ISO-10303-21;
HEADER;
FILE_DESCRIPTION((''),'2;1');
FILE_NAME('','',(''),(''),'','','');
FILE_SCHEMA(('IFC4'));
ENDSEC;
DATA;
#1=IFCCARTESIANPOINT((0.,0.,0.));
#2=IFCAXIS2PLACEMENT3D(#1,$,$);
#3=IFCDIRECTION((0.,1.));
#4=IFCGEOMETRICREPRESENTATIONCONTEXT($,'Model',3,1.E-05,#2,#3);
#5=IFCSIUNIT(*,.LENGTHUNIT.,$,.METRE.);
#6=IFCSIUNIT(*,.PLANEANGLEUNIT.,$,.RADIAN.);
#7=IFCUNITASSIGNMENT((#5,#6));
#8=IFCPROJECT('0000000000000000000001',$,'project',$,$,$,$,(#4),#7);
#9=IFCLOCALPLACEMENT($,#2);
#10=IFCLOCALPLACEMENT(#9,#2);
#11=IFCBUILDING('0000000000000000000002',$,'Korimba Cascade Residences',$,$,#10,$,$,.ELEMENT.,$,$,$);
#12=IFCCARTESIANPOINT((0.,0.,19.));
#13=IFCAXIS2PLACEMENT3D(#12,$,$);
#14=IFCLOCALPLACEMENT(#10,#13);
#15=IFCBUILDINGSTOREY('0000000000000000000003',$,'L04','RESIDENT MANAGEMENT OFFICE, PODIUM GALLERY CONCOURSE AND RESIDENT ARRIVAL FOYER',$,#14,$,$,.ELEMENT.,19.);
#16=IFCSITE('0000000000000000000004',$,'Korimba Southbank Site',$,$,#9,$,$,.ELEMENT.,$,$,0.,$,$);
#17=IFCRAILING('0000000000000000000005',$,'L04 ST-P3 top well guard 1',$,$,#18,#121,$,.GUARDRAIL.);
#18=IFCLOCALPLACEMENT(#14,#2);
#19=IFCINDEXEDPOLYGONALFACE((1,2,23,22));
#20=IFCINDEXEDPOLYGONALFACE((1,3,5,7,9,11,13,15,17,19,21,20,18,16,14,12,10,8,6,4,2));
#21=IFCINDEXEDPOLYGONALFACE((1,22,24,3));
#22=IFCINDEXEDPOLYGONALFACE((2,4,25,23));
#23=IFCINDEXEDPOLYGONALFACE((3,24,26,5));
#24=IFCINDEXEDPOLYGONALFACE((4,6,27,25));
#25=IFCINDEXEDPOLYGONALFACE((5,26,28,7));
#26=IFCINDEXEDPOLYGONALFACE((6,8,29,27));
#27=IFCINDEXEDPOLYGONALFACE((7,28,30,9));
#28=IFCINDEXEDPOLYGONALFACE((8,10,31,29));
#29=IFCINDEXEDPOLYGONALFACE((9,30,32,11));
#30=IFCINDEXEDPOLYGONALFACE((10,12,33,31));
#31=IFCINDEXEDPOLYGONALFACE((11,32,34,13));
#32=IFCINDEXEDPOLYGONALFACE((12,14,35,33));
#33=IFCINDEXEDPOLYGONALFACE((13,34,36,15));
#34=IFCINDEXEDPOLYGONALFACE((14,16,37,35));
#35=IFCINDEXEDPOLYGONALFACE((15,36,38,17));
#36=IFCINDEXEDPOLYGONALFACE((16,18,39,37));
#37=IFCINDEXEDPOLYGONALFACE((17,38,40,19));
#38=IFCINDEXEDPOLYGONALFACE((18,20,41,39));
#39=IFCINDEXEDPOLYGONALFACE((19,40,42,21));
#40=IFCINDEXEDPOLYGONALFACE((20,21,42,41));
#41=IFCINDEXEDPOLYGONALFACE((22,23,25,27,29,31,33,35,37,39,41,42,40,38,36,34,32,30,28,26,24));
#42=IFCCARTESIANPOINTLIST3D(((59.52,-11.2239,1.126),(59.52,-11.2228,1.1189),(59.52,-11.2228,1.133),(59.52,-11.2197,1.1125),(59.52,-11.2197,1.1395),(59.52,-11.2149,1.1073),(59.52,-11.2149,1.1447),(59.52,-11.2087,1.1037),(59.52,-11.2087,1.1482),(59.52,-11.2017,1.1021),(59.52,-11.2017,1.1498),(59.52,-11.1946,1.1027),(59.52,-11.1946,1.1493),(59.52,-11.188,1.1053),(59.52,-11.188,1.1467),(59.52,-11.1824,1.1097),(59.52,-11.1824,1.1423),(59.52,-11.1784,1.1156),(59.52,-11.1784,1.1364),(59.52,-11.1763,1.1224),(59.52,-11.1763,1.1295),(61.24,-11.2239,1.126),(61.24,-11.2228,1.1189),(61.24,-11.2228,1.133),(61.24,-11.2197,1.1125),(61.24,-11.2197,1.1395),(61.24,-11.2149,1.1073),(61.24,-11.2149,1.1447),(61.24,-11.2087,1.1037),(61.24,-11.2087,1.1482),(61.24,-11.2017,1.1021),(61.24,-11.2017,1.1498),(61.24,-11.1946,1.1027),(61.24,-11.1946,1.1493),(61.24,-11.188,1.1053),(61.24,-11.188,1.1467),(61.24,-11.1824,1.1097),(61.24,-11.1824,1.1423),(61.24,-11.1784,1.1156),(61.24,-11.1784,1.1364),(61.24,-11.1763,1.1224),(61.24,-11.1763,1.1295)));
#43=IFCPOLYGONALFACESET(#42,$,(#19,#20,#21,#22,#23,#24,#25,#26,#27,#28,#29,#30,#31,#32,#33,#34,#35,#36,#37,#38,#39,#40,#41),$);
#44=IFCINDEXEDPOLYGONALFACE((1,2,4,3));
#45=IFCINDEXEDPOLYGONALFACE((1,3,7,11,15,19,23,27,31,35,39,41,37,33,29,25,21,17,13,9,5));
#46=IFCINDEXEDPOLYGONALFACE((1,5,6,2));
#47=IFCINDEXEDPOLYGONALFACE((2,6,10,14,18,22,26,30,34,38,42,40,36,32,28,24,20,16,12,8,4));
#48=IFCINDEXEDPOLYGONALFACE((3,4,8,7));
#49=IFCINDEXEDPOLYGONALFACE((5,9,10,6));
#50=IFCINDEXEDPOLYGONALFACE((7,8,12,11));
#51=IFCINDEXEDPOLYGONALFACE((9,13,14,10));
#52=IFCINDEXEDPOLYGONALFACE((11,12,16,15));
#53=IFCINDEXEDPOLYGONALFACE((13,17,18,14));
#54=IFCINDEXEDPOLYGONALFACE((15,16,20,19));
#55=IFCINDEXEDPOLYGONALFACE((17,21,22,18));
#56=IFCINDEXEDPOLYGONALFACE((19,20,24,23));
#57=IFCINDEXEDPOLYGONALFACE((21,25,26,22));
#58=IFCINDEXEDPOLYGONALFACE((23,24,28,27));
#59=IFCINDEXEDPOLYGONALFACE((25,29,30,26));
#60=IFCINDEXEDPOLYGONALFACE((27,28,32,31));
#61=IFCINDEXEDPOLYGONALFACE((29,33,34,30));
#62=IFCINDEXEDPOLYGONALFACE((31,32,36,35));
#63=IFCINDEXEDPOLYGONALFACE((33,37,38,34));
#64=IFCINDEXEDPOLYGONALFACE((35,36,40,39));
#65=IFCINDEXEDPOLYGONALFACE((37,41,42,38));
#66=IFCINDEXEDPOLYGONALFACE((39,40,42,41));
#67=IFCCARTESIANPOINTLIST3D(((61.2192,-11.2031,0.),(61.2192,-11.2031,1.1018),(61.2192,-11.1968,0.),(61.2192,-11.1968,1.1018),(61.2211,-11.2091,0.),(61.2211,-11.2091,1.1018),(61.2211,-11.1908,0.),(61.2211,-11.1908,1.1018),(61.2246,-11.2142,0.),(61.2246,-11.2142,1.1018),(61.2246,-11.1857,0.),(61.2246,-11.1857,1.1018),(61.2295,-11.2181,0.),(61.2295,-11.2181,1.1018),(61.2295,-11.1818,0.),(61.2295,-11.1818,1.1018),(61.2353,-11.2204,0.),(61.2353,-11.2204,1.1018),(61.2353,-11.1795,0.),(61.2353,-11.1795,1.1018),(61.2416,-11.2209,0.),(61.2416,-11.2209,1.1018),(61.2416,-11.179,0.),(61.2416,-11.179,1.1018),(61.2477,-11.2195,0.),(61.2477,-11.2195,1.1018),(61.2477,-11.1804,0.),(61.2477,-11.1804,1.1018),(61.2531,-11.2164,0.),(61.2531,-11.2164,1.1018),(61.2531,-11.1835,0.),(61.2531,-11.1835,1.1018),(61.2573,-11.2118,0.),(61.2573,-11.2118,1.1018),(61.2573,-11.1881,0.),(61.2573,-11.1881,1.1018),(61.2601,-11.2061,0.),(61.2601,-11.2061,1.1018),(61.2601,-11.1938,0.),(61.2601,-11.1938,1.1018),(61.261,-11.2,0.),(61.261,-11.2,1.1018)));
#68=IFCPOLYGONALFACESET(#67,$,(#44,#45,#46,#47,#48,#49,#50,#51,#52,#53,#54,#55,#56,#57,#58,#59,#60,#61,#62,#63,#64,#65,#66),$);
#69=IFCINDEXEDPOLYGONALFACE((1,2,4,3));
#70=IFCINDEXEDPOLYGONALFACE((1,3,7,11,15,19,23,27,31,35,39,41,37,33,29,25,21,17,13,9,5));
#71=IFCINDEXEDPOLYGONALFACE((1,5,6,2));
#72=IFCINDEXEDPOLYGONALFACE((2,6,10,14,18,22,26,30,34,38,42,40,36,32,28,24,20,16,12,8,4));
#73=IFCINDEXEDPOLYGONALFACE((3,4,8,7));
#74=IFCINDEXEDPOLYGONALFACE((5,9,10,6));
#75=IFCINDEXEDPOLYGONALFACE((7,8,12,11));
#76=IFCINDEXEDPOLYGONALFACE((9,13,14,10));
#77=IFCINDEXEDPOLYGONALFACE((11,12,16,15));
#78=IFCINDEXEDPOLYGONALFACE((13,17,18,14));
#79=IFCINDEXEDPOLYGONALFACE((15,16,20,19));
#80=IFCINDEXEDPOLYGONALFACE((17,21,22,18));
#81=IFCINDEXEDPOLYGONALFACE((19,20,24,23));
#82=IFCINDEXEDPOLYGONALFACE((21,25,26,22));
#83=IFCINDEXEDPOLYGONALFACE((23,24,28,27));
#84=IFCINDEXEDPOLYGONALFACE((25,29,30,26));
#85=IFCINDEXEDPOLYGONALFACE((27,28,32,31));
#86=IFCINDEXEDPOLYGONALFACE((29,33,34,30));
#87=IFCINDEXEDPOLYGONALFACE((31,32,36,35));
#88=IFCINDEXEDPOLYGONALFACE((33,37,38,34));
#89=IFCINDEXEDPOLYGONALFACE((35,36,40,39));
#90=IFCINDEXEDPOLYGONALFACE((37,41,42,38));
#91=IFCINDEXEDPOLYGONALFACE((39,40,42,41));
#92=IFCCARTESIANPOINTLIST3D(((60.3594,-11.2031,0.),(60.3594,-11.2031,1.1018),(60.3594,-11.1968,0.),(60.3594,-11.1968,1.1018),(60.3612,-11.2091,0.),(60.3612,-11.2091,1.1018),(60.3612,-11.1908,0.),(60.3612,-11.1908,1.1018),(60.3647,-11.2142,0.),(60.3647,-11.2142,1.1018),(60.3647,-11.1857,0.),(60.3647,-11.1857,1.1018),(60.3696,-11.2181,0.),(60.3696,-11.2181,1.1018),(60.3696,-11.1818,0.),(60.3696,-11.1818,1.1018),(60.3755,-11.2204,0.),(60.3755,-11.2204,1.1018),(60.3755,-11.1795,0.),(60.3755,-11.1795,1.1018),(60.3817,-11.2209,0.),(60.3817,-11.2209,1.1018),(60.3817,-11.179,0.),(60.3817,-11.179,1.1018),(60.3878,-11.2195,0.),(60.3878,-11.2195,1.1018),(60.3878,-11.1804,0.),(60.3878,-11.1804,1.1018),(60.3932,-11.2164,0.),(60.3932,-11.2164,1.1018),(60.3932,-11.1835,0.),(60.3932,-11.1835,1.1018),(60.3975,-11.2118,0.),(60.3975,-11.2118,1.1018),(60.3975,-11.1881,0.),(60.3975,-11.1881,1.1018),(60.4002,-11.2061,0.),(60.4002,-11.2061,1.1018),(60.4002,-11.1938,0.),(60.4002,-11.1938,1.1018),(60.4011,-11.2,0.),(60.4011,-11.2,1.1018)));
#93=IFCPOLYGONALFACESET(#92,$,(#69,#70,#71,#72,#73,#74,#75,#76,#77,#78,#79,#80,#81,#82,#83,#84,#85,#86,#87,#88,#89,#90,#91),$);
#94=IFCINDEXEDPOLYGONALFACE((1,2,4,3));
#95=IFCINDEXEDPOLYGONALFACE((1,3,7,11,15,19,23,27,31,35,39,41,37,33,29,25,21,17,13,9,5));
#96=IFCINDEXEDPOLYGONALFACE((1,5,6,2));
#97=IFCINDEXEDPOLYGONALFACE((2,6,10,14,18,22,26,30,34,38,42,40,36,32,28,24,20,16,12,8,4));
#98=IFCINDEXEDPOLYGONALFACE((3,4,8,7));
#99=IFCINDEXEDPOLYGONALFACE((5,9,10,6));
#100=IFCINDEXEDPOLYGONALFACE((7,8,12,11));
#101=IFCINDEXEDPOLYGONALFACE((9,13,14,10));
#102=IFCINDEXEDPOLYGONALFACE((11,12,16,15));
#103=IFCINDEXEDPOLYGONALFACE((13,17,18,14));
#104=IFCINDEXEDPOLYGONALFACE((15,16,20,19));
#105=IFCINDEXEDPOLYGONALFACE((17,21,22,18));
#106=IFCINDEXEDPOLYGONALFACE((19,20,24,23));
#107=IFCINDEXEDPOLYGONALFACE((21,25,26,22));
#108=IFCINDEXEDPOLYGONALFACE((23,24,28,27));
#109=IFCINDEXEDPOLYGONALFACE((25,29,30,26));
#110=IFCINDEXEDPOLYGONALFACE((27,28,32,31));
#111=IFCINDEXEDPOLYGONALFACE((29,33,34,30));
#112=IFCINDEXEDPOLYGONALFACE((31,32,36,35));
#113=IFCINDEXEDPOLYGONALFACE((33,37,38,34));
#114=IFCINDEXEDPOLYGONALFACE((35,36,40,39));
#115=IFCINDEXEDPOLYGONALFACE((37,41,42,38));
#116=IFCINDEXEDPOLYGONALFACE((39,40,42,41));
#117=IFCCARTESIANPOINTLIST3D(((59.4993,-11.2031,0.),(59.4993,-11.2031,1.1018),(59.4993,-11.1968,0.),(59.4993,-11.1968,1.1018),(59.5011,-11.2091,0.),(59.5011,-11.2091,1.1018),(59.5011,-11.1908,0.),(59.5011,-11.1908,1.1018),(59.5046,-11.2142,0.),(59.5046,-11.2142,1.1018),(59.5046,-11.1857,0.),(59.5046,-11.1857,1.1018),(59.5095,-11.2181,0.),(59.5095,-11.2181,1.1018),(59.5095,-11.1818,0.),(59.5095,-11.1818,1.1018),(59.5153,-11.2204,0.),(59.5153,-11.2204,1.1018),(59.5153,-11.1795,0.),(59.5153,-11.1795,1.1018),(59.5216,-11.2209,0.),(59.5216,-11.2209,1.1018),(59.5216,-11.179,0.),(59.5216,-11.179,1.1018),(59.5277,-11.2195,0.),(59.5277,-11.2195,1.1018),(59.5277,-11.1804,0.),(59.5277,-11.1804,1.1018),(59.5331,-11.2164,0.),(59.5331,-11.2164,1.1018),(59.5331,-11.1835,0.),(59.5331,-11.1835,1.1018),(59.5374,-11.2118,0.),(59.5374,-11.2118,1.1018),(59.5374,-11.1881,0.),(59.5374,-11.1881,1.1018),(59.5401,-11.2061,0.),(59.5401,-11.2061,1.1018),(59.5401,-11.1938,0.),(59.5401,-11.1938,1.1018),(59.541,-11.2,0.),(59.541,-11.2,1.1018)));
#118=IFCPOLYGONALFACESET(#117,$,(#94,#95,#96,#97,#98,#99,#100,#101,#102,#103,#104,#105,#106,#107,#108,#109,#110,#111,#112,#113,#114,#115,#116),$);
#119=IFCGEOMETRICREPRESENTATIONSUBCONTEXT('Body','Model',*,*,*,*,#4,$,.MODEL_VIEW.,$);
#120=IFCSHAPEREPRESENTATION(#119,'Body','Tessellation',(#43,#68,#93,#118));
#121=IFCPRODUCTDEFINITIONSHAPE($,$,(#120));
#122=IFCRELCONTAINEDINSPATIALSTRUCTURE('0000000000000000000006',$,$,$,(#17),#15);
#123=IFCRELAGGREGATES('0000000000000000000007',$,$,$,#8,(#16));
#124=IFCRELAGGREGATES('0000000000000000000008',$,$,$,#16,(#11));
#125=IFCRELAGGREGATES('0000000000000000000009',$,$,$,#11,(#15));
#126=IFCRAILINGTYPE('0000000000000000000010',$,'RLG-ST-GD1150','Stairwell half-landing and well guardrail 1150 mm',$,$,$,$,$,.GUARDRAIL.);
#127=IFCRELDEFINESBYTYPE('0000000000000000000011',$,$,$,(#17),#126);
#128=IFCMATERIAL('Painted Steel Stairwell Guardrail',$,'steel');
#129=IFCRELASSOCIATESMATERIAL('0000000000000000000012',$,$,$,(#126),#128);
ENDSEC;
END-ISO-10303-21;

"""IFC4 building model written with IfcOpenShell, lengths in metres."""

from ifc_helpers import new_model, si_unit, direction, frame, origin, origin_2d, place, context, subcontext, project, spatial, circle, extrude, material, type_object, element, save


model = new_model("IFC4")

# Units and contexts
model_context = context("Model", 3, precision=1e-05, world=origin(), true_north=direction((0.0, 1.0)))
body_context = subcontext(model_context, "Body", "Model", "MODEL_VIEW")
ifc_project = project(units=[si_unit("LENGTHUNIT", "METRE"), si_unit("PLANEANGLEUNIT", "RADIAN")], contexts=[model_context])

# Site, building, storey
site_placement = place(None, origin())
site = spatial("IfcSite", under=ifc_project, at=site_placement, Name="Korimba Southbank Site", CompositionType="ELEMENT", RefElevation=0.0)
building_placement = place(site_placement, origin())
building = spatial("IfcBuilding", under=site, at=building_placement, Name="Korimba Cascade Residences", CompositionType="ELEMENT")
storey_placement = place(building_placement, frame((0.0, 0.0, 19.0)))
storey = spatial("IfcBuildingStorey", under=building, at=storey_placement, Name="L04", Description="RESIDENT MANAGEMENT OFFICE, PODIUM GALLERY CONCOURSE AND RESIDENT ARRIVAL FOYER", CompositionType="ELEMENT", Elevation=19.0)

# Railing
ifc_material_1 = material(Name="Painted Steel Stairwell Guardrail", Category="steel")
railing_type_1 = type_object("IfcRailingType", Name="RLG-ST-GD1150", Description="Stairwell half-landing and well guardrail 1150 mm", PredefinedType="GUARDRAIL", material=ifc_material_1)
railing_1_placement = place(storey_placement, frame((61.24, -11.2, 0.0)))
element("IfcRailing", 1, at=railing_1_placement, inside=storey, type_object=railing_type_1, Name="L04 ST-P3 top well guard 1", PredefinedType="GUARDRAIL", context=body_context, shape_type="SweptSolid", body=[
    extrude(circle(Radius=0.0239, at=origin_2d()), frame((0.0, 0.0, 1.126), z_axis=(-1.0, 0.0, 0.0), x_axis=(0.0, -1.0, 0.0)), (0.0, 0.0, 1.0), 1.72),
    extrude(circle(Radius=0.021, at=origin_2d()), origin(), (0.0, 0.0, 1.0), 1.1018),
    extrude(circle(Radius=0.021, at=origin_2d()), frame((-0.8599, 0.0, 0.0)), (0.0, 0.0, 1.0), 1.1018),
    extrude(circle(Radius=0.021, at=origin_2d()), frame((-1.72, 0.0, 0.0)), (0.0, 0.0, 1.0), 1.1018),
])

save(model, "model.ifc")
